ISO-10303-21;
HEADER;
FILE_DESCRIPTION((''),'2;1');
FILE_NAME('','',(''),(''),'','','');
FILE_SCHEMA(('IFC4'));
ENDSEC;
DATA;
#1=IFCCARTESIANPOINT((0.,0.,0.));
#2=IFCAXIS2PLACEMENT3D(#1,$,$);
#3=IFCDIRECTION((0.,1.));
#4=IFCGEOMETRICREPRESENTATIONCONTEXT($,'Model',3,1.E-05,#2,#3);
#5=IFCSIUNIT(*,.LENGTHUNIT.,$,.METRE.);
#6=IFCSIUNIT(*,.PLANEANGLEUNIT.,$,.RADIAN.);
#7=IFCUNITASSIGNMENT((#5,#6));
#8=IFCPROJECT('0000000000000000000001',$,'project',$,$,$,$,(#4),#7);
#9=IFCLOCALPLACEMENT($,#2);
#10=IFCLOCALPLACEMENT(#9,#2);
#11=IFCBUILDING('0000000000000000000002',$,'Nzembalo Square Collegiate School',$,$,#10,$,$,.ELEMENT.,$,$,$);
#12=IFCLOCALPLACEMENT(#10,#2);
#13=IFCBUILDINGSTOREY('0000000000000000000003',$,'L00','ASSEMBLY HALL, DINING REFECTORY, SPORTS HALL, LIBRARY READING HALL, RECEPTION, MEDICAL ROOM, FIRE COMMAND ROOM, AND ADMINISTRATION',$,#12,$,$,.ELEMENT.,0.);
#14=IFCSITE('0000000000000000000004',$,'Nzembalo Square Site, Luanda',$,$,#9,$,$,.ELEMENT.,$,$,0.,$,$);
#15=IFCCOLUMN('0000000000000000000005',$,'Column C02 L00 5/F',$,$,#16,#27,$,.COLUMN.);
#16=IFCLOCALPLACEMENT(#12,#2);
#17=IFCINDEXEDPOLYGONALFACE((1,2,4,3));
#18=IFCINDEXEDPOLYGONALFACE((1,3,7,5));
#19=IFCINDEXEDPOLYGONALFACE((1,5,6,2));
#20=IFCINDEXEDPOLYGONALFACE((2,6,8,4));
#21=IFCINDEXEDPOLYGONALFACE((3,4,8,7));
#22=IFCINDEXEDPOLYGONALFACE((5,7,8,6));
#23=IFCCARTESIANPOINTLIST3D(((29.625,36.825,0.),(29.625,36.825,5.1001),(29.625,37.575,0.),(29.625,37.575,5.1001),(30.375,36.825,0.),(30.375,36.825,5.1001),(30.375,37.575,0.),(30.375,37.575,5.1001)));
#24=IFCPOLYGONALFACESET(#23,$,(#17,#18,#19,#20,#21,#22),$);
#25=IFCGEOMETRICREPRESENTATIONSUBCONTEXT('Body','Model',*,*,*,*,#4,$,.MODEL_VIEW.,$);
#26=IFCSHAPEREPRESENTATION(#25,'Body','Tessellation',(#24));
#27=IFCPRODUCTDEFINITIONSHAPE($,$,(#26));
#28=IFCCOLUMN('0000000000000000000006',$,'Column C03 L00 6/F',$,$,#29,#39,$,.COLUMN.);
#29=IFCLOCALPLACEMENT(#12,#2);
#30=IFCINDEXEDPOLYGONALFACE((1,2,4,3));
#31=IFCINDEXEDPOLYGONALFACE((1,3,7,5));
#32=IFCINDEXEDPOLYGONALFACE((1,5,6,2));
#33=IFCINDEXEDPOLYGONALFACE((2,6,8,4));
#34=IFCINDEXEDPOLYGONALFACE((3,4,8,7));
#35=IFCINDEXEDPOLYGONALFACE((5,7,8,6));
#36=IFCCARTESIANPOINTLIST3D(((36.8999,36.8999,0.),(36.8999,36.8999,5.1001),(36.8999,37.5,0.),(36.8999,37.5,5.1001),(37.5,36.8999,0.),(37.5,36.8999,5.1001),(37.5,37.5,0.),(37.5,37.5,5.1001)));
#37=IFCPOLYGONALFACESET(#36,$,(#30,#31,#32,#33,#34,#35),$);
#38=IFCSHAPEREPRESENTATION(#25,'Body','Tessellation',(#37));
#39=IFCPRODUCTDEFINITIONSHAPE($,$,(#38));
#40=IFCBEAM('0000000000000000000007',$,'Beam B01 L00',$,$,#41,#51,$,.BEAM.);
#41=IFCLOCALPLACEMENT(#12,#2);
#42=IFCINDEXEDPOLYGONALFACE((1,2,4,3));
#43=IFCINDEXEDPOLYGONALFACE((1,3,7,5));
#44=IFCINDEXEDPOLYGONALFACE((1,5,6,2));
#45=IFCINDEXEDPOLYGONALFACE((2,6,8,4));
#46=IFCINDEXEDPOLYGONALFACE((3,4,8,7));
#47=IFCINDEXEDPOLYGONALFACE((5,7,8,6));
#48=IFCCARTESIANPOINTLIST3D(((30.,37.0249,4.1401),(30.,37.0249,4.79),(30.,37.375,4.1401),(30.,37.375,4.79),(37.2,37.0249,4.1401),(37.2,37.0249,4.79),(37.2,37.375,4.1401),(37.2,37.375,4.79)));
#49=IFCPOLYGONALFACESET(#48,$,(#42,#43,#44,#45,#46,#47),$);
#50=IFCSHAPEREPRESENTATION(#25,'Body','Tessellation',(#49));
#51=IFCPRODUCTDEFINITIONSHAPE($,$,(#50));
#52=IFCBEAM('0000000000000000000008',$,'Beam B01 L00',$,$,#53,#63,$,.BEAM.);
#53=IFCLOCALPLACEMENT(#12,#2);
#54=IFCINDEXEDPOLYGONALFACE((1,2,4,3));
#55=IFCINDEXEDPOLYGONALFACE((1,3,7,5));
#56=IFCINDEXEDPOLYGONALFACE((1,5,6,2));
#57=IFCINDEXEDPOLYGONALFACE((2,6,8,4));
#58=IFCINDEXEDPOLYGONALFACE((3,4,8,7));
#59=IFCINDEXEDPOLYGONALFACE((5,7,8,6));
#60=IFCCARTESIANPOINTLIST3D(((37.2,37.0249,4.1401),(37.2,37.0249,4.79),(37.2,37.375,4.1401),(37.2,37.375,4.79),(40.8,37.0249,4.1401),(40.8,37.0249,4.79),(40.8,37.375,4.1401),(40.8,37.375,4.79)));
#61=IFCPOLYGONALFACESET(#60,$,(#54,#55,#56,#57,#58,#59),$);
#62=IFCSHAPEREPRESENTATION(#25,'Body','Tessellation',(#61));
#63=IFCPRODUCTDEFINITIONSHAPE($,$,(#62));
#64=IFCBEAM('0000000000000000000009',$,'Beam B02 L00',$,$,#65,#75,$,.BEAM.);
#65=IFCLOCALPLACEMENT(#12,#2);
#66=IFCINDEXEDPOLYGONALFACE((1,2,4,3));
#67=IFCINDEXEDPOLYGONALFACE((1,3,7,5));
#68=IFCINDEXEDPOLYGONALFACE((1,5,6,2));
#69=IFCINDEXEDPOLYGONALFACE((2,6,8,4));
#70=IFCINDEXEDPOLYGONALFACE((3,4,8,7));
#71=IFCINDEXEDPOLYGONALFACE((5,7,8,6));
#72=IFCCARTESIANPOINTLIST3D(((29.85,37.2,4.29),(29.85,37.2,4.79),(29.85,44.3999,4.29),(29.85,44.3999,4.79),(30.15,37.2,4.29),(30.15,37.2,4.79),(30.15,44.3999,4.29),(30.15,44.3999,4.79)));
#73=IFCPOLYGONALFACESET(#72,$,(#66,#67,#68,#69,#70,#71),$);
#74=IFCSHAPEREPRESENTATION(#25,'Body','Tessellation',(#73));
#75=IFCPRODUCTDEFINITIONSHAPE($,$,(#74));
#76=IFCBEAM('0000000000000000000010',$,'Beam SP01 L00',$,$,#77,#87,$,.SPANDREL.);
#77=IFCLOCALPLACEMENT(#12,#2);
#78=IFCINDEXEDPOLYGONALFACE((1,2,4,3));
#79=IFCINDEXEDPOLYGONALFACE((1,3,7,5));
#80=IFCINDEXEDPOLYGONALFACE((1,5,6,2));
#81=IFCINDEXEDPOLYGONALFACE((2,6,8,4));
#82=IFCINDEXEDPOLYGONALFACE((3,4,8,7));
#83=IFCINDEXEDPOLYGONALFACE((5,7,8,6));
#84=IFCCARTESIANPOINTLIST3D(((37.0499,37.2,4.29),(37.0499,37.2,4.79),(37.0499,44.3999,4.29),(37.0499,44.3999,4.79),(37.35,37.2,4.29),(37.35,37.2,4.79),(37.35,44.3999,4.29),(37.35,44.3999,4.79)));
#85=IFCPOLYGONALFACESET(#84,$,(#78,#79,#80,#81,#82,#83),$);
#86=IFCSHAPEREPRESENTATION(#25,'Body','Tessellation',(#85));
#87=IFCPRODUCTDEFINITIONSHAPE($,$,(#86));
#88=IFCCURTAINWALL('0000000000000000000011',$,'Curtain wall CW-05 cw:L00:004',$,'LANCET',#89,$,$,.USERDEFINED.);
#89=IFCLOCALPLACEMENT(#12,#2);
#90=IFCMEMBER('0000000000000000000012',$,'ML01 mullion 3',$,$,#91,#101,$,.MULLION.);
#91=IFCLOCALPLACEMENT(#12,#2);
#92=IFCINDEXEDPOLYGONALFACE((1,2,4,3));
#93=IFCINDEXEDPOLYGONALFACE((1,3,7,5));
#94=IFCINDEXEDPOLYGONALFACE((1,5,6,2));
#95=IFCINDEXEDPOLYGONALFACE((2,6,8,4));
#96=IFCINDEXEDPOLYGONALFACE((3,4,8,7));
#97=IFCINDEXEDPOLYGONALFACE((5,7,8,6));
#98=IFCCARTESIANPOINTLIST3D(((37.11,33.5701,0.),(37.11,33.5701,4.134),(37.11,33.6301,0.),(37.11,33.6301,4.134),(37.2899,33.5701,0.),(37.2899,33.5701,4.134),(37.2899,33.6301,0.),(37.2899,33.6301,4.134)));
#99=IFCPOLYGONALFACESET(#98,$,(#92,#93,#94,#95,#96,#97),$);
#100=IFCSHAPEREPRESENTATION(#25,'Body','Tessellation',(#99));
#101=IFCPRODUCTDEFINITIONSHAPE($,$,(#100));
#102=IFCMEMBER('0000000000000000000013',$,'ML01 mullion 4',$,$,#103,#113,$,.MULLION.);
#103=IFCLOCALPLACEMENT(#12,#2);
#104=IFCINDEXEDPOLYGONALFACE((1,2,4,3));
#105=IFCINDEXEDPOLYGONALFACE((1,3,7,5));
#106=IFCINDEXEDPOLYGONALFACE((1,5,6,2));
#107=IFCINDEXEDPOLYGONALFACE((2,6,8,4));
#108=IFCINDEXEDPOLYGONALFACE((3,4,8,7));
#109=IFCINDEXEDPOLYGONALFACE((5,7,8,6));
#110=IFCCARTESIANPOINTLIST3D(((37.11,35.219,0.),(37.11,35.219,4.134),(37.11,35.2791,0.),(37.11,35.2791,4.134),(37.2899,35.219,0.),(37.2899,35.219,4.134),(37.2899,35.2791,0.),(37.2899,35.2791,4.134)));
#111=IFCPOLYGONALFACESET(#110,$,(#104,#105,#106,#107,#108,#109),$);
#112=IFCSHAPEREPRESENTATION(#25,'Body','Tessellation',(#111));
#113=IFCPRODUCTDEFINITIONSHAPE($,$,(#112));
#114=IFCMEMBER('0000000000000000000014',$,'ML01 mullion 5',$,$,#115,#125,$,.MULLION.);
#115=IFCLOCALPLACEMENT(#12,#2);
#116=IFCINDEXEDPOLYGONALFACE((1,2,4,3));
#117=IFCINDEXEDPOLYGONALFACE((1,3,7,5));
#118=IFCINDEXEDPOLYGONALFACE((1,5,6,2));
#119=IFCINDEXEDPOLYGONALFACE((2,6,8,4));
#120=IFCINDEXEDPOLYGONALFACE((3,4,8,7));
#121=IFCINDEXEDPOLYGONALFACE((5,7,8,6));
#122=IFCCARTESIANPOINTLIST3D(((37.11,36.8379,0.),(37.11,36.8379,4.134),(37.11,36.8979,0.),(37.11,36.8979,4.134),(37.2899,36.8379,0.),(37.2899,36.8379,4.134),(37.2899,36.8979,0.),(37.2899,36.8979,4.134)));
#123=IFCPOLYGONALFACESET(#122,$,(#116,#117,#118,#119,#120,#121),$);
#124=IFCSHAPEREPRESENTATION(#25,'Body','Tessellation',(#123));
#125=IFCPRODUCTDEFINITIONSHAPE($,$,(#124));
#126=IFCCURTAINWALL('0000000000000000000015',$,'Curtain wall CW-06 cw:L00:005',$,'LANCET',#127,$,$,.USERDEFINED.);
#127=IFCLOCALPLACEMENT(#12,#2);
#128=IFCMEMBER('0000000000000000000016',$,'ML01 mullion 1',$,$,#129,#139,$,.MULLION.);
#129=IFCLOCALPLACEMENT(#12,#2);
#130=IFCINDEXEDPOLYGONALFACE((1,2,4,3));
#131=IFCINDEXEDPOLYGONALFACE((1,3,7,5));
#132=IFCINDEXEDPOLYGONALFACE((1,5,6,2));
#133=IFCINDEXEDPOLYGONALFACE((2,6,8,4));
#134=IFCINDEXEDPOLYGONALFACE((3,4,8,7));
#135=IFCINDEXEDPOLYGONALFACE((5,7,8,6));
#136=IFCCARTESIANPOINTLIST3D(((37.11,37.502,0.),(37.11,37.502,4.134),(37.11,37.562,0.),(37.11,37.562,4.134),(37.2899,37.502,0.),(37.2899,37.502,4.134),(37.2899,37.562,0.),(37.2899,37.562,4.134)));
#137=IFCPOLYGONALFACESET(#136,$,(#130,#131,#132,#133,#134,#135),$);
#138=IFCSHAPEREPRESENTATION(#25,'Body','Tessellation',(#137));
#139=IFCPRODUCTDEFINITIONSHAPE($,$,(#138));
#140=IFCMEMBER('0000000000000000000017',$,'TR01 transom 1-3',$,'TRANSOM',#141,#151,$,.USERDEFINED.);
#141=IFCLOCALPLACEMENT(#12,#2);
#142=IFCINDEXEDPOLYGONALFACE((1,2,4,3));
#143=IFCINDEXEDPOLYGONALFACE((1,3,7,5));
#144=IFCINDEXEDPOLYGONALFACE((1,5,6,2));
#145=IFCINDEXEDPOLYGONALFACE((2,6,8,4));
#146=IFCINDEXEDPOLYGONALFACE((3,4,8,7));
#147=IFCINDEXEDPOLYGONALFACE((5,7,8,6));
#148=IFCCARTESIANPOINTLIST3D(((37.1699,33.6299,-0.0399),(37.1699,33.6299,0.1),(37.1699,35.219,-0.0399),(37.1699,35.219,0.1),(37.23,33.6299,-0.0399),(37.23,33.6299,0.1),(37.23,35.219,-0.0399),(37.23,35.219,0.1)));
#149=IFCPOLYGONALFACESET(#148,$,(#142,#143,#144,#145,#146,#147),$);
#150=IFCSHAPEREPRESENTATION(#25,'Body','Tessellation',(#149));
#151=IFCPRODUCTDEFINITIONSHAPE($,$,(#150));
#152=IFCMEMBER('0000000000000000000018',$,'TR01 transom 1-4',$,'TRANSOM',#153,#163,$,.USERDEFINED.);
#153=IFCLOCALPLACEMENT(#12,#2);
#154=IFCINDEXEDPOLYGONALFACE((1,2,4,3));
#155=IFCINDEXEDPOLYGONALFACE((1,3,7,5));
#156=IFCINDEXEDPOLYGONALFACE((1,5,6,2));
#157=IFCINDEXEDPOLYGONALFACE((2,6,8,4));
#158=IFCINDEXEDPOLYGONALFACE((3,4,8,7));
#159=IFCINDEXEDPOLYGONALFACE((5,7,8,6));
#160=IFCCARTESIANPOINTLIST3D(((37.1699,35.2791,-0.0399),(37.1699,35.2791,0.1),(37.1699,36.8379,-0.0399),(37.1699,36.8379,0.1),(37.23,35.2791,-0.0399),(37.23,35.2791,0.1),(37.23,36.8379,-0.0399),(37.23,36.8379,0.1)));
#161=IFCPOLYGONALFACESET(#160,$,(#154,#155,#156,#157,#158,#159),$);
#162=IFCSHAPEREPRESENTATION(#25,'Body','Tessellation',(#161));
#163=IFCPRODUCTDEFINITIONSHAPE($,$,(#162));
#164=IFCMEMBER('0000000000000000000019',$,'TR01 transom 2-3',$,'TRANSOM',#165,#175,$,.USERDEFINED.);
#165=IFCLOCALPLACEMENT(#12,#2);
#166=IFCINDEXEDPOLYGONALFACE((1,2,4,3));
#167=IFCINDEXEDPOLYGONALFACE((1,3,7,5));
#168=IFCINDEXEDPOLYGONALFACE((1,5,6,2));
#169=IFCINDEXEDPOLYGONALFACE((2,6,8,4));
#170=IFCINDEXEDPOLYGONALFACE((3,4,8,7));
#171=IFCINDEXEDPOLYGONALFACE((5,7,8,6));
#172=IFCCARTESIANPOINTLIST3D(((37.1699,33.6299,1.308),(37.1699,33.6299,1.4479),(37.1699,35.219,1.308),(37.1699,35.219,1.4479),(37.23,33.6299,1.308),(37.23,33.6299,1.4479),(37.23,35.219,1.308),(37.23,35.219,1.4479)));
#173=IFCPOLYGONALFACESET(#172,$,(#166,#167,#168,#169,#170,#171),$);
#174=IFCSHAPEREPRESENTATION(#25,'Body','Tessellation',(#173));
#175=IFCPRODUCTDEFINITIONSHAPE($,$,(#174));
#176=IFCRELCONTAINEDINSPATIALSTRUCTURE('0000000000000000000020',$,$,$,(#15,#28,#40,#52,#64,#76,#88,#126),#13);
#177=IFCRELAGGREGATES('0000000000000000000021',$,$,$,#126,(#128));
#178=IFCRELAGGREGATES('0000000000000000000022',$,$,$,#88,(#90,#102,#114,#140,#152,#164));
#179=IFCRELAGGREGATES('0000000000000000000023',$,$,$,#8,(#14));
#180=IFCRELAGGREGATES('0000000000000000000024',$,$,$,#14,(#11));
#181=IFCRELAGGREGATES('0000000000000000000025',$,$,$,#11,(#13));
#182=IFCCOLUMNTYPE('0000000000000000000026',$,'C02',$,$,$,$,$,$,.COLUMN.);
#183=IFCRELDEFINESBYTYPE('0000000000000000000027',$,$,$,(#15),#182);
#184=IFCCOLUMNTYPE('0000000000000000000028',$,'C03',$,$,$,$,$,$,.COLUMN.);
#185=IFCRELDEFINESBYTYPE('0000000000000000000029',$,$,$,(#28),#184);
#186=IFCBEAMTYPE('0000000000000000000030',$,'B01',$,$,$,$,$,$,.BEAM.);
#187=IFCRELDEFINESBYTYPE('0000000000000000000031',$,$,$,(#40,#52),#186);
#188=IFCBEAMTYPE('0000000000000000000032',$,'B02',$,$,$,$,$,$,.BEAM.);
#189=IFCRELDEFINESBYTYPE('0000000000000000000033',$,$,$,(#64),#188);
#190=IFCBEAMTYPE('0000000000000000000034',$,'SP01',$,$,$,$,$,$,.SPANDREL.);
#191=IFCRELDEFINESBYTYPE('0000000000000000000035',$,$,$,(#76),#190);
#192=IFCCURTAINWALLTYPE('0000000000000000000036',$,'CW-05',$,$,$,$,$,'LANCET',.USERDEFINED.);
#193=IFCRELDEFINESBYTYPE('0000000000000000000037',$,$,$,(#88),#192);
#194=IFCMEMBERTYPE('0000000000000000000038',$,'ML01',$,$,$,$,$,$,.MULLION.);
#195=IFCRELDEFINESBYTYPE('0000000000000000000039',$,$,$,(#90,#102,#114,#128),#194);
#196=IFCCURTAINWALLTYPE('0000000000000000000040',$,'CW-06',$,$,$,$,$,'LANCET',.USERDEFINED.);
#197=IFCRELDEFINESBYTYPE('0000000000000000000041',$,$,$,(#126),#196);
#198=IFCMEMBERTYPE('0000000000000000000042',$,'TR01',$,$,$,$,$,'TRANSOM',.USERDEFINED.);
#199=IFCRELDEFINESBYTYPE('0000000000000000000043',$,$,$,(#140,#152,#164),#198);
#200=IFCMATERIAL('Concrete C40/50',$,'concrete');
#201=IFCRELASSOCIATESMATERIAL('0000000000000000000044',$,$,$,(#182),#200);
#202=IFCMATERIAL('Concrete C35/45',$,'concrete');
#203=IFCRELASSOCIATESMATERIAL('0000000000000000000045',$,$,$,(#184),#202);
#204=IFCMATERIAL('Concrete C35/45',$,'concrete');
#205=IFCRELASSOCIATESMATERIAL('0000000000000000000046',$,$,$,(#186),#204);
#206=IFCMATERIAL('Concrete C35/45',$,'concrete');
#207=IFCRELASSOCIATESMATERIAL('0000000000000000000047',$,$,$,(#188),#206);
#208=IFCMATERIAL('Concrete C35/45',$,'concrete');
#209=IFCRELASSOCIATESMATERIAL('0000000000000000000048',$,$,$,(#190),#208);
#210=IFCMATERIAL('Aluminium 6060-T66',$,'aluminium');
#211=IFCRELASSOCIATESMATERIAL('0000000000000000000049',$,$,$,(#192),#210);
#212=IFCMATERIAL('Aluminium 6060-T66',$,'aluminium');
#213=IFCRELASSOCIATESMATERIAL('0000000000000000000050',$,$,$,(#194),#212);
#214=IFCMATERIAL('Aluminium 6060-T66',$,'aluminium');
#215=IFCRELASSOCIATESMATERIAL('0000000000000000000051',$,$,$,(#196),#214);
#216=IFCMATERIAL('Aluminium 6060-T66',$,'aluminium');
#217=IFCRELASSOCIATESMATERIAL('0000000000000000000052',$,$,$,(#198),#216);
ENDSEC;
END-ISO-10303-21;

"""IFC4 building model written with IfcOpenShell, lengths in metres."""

from ifc_helpers import new_model, si_unit, direction, frame, origin, origin_2d, place, context, subcontext, project, spatial, rectangle, extrude, material, material_profile, profile_set, type_object, element, aggregate, save


model = new_model("IFC4")

# Units and contexts
model_context = context("Model", 3, precision=1e-05, world=origin(), true_north=direction((0.0, 1.0)))
body_context = subcontext(model_context, "Body", "Model", "MODEL_VIEW")
ifc_project = project(units=[si_unit("LENGTHUNIT", "METRE"), si_unit("PLANEANGLEUNIT", "RADIAN")], contexts=[model_context])

# Site, building, storey
site_placement = place(None, origin())
site = spatial("IfcSite", under=ifc_project, at=site_placement, Name="Nzembalo Square Site, Luanda", CompositionType="ELEMENT", RefElevation=0.0)
building_placement = place(site_placement, origin())
building = spatial("IfcBuilding", under=site, at=building_placement, Name="Nzembalo Square Collegiate School", CompositionType="ELEMENT")
storey_placement = place(building_placement, origin())
storey = spatial("IfcBuildingStorey", under=building, at=storey_placement, Name="L00", Description="ASSEMBLY HALL, DINING REFECTORY, SPORTS HALL, LIBRARY READING HALL, RECEPTION, MEDICAL ROOM, FIRE COMMAND ROOM, AND ADMINISTRATION", CompositionType="ELEMENT", Elevation=0.0)

# Columns
ifc_material_1 = material(Name="Concrete C40/50", Category="concrete")
ifc_material_profile_1 = material_profile(ifc_material_1, rectangle(XDim=0.75, YDim=0.75, at=origin_2d()), Name="RC 750x750")
ifc_profile_set_1 = profile_set([ifc_material_profile_1], Name="Concrete C40/50")
column_type_1 = type_object("IfcColumnType", Name="C02", PredefinedType="COLUMN", material=ifc_profile_set_1)
column_1_placement = place(storey_placement, frame((30.0, 37.2, 0.0), z_axis=(0.0, 0.0, 1.0), x_axis=(1.0, 0.0, 0.0)))
element("IfcColumn", 1, at=column_1_placement, inside=storey, type_object=column_type_1, Name="Column C02 L00 5/F", PredefinedType="COLUMN", context=body_context, shape_type="SweptSolid", body=[
    extrude(rectangle(XDim=0.75, YDim=0.75, at=origin_2d()), origin(), (0.0, 0.0, 1.0), 5.1001),
])
ifc_material_2 = material(Name="Concrete C35/45", Category="concrete")
ifc_material_profile_2 = material_profile(ifc_material_2, rectangle(XDim=0.6001, YDim=0.6001, at=origin_2d()), Name="RC 600x600")
ifc_profile_set_2 = profile_set([ifc_material_profile_2], Name="Concrete C35/45")
column_type_2 = type_object("IfcColumnType", Name="C03", PredefinedType="COLUMN", material=ifc_profile_set_2)
column_2_placement = place(storey_placement, frame((37.2, 37.2, 0.0), z_axis=(0.0, 0.0, 1.0), x_axis=(1.0, 0.0, 0.0)))
element("IfcColumn", 2, at=column_2_placement, inside=storey, type_object=column_type_2, Name="Column C03 L00 6/F", PredefinedType="COLUMN", context=body_context, shape_type="SweptSolid", body=[
    extrude(rectangle(XDim=0.6001, YDim=0.6001, at=origin_2d()), origin(), (0.0, 0.0, 1.0), 5.1001),
])

# Beams
ifc_material_3 = material(Name="Concrete C35/45", Category="concrete")
ifc_material_profile_3 = material_profile(ifc_material_3, rectangle(XDim=0.3501, YDim=0.6499, at=origin_2d()), Name="RC 350x650")
ifc_profile_set_3 = profile_set([ifc_material_profile_3], Name="Concrete C35/45")
beam_type_1 = type_object("IfcBeamType", Name="B01", PredefinedType="BEAM", material=ifc_profile_set_3)
beam_1_placement = place(storey_placement, frame((30.0, 37.2, 4.4651), z_axis=(1.0, 0.0, 0.0), x_axis=(0.0, 1.0, 0.0)))
element("IfcBeam", 3, at=beam_1_placement, inside=storey, type_object=beam_type_1, Name="Beam B01 L00", PredefinedType="BEAM", context=body_context, shape_type="SweptSolid", body=[
    extrude(rectangle(XDim=0.3501, YDim=0.6499, at=origin_2d()), origin(), (0.0, 0.0, 1.0), 7.2),
])
beam_2_placement = place(storey_placement, frame((37.2, 37.2, 4.4651), z_axis=(1.0, 0.0, 0.0), x_axis=(0.0, 1.0, 0.0)))
element("IfcBeam", 4, at=beam_2_placement, inside=storey, type_object=beam_type_1, Name="Beam B01 L00", PredefinedType="BEAM", context=body_context, shape_type="SweptSolid", body=[
    extrude(rectangle(XDim=0.3501, YDim=0.6499, at=origin_2d()), origin(), (0.0, 0.0, 1.0), 3.6001),
])
ifc_material_4 = material(Name="Concrete C35/45", Category="concrete")
ifc_material_profile_4 = material_profile(ifc_material_4, rectangle(XDim=0.3, YDim=0.5, at=origin_2d()), Name="RC 300x500")
ifc_profile_set_4 = profile_set([ifc_material_profile_4], Name="Concrete C35/45")
beam_type_2 = type_object("IfcBeamType", Name="B02", PredefinedType="BEAM", material=ifc_profile_set_4)
beam_3_placement = place(storey_placement, frame((30.0, 37.2, 4.54), z_axis=(0.0, 1.0, 0.0), x_axis=(-1.0, 0.0, 0.0)))
element("IfcBeam", 5, at=beam_3_placement, inside=storey, type_object=beam_type_2, Name="Beam B02 L00", PredefinedType="BEAM", context=body_context, shape_type="SweptSolid", body=[
    extrude(rectangle(XDim=0.3, YDim=0.5, at=origin_2d()), origin(), (0.0, 0.0, 1.0), 7.2),
])
ifc_material_5 = material(Name="Concrete C35/45", Category="concrete")
ifc_material_profile_5 = material_profile(ifc_material_5, rectangle(XDim=0.3, YDim=0.5, at=origin_2d()), Name="RC 300x500")
ifc_profile_set_5 = profile_set([ifc_material_profile_5], Name="Concrete C35/45")
beam_type_3 = type_object("IfcBeamType", Name="SP01", PredefinedType="SPANDREL", material=ifc_profile_set_5)
beam_4_placement = place(storey_placement, frame((37.2, 37.2, 4.54), z_axis=(0.0, 1.0, 0.0), x_axis=(-1.0, 0.0, 0.0)))
element("IfcBeam", 6, at=beam_4_placement, inside=storey, type_object=beam_type_3, Name="Beam SP01 L00", PredefinedType="SPANDREL", context=body_context, shape_type="SweptSolid", body=[
    extrude(rectangle(XDim=0.3, YDim=0.5, at=origin_2d()), origin(), (0.0, 0.0, 1.0), 7.2),
])

# Curtain wall, members
ifc_material_6 = material(Name="Aluminium 6060-T66", Category="aluminium")
curtain_wall_type_1 = type_object("IfcCurtainWallType", Name="CW-05", ElementType="LANCET", PredefinedType="USERDEFINED", material=ifc_material_6)
curtain_wall_1_placement = place(storey_placement, origin())
curtain_wall_1 = element("IfcCurtainWall", 7, at=curtain_wall_1_placement, inside=storey, type_object=curtain_wall_type_1, Name="Curtain wall CW-05 cw:L00:004", ObjectType="LANCET", PredefinedType="USERDEFINED")
ifc_material_7 = material(Name="Aluminium 6060-T66", Category="aluminium")
ifc_material_profile_6 = material_profile(ifc_material_7, rectangle(XDim=0.0601, YDim=0.1799, at=origin_2d()), Name="ALU M60x180")
ifc_profile_set_6 = profile_set([ifc_material_profile_6], Name="Aluminium 6060-T66")
member_type_1 = type_object("IfcMemberType", Name="ML01", PredefinedType="MULLION", material=ifc_profile_set_6)
member_1_placement = place(storey_placement, frame((37.2, 33.6001, 0.0), z_axis=(0.0, 0.0, 1.0), x_axis=(0.0, 1.0, 0.0)))
member_1 = element("IfcMember", 8, at=member_1_placement, type_object=member_type_1, Name="ML01 mullion 3", PredefinedType="MULLION", context=body_context, shape_type="SweptSolid", body=[
    extrude(rectangle(XDim=0.0601, YDim=0.1799, at=origin_2d()), origin(), (0.0, 0.0, 1.0), 4.134),
])
member_2_placement = place(storey_placement, frame((37.2, 35.249, 0.0), z_axis=(0.0, 0.0, 1.0), x_axis=(0.0, 1.0, 0.0)))
member_2 = element("IfcMember", 9, at=member_2_placement, type_object=member_type_1, Name="ML01 mullion 4", PredefinedType="MULLION", context=body_context, shape_type="SweptSolid", body=[
    extrude(rectangle(XDim=0.0601, YDim=0.1799, at=origin_2d()), origin(), (0.0, 0.0, 1.0), 4.134),
])
member_3_placement = place(storey_placement, frame((37.2, 36.8679, 0.0), z_axis=(0.0, 0.0, 1.0), x_axis=(0.0, 1.0, 0.0)))
member_3 = element("IfcMember", 10, at=member_3_placement, type_object=member_type_1, Name="ML01 mullion 5", PredefinedType="MULLION", context=body_context, shape_type="SweptSolid", body=[
    extrude(rectangle(XDim=0.0601, YDim=0.1799, at=origin_2d()), origin(), (0.0, 0.0, 1.0), 4.134),
])

# Curtain wall, member
ifc_material_8 = material(Name="Aluminium 6060-T66", Category="aluminium")
curtain_wall_type_2 = type_object("IfcCurtainWallType", Name="CW-06", ElementType="LANCET", PredefinedType="USERDEFINED", material=ifc_material_8)
curtain_wall_2_placement = place(storey_placement, origin())
curtain_wall_2 = element("IfcCurtainWall", 11, at=curtain_wall_2_placement, inside=storey, type_object=curtain_wall_type_2, Name="Curtain wall CW-06 cw:L00:005", ObjectType="LANCET", PredefinedType="USERDEFINED")
member_4_placement = place(storey_placement, frame((37.2, 37.532, 0.0), z_axis=(0.0, 0.0, 1.0), x_axis=(0.0, 1.0, 0.0)))
member_4 = element("IfcMember", 12, at=member_4_placement, type_object=member_type_1, Name="ML01 mullion 1", PredefinedType="MULLION", context=body_context, shape_type="SweptSolid", body=[
    extrude(rectangle(XDim=0.0601, YDim=0.1799, at=origin_2d()), origin(), (0.0, 0.0, 1.0), 4.134),
])

# Members
ifc_material_9 = material(Name="Aluminium 6060-T66", Category="aluminium")
ifc_material_profile_7 = material_profile(ifc_material_9, rectangle(XDim=0.0601, YDim=0.1399, at=origin_2d()), Name="ALU T60x140")
ifc_profile_set_7 = profile_set([ifc_material_profile_7], Name="Aluminium 6060-T66")
member_type_2 = type_object("IfcMemberType", Name="TR01", ElementType="TRANSOM", PredefinedType="USERDEFINED", material=ifc_profile_set_7)
member_5_placement = place(storey_placement, frame((37.2, 33.6299, 0.03), z_axis=(0.0, 1.0, 0.0), x_axis=(-1.0, 0.0, 0.0)))
member_5 = element("IfcMember", 13, at=member_5_placement, type_object=member_type_2, Name="TR01 transom 1-3", ObjectType="TRANSOM", PredefinedType="USERDEFINED", context=body_context, shape_type="SweptSolid", body=[
    extrude(rectangle(XDim=0.0601, YDim=0.1399, at=origin_2d()), origin(), (0.0, 0.0, 1.0), 1.5891),
])
member_6_placement = place(storey_placement, frame((37.2, 35.2791, 0.03), z_axis=(0.0, 1.0, 0.0), x_axis=(-1.0, 0.0, 0.0)))
member_6 = element("IfcMember", 14, at=member_6_placement, type_object=member_type_2, Name="TR01 transom 1-4", ObjectType="TRANSOM", PredefinedType="USERDEFINED", context=body_context, shape_type="SweptSolid", body=[
    extrude(rectangle(XDim=0.0601, YDim=0.1399, at=origin_2d()), origin(), (0.0, 0.0, 1.0), 1.5588),
])
member_7_placement = place(storey_placement, frame((37.2, 33.6299, 1.3779), z_axis=(0.0, 1.0, 0.0), x_axis=(-1.0, 0.0, 0.0)))
member_7 = element("IfcMember", 15, at=member_7_placement, type_object=member_type_2, Name="TR01 transom 2-3", ObjectType="TRANSOM", PredefinedType="USERDEFINED", context=body_context, shape_type="SweptSolid", body=[
    extrude(rectangle(XDim=0.0601, YDim=0.1399, at=origin_2d()), origin(), (0.0, 0.0, 1.0), 1.5891),
])
aggregate(curtain_wall_2, [member_4])

aggregate(curtain_wall_1, [member_1, member_2, member_3, member_5, member_6, member_7])

save(model, "model.ifc")
